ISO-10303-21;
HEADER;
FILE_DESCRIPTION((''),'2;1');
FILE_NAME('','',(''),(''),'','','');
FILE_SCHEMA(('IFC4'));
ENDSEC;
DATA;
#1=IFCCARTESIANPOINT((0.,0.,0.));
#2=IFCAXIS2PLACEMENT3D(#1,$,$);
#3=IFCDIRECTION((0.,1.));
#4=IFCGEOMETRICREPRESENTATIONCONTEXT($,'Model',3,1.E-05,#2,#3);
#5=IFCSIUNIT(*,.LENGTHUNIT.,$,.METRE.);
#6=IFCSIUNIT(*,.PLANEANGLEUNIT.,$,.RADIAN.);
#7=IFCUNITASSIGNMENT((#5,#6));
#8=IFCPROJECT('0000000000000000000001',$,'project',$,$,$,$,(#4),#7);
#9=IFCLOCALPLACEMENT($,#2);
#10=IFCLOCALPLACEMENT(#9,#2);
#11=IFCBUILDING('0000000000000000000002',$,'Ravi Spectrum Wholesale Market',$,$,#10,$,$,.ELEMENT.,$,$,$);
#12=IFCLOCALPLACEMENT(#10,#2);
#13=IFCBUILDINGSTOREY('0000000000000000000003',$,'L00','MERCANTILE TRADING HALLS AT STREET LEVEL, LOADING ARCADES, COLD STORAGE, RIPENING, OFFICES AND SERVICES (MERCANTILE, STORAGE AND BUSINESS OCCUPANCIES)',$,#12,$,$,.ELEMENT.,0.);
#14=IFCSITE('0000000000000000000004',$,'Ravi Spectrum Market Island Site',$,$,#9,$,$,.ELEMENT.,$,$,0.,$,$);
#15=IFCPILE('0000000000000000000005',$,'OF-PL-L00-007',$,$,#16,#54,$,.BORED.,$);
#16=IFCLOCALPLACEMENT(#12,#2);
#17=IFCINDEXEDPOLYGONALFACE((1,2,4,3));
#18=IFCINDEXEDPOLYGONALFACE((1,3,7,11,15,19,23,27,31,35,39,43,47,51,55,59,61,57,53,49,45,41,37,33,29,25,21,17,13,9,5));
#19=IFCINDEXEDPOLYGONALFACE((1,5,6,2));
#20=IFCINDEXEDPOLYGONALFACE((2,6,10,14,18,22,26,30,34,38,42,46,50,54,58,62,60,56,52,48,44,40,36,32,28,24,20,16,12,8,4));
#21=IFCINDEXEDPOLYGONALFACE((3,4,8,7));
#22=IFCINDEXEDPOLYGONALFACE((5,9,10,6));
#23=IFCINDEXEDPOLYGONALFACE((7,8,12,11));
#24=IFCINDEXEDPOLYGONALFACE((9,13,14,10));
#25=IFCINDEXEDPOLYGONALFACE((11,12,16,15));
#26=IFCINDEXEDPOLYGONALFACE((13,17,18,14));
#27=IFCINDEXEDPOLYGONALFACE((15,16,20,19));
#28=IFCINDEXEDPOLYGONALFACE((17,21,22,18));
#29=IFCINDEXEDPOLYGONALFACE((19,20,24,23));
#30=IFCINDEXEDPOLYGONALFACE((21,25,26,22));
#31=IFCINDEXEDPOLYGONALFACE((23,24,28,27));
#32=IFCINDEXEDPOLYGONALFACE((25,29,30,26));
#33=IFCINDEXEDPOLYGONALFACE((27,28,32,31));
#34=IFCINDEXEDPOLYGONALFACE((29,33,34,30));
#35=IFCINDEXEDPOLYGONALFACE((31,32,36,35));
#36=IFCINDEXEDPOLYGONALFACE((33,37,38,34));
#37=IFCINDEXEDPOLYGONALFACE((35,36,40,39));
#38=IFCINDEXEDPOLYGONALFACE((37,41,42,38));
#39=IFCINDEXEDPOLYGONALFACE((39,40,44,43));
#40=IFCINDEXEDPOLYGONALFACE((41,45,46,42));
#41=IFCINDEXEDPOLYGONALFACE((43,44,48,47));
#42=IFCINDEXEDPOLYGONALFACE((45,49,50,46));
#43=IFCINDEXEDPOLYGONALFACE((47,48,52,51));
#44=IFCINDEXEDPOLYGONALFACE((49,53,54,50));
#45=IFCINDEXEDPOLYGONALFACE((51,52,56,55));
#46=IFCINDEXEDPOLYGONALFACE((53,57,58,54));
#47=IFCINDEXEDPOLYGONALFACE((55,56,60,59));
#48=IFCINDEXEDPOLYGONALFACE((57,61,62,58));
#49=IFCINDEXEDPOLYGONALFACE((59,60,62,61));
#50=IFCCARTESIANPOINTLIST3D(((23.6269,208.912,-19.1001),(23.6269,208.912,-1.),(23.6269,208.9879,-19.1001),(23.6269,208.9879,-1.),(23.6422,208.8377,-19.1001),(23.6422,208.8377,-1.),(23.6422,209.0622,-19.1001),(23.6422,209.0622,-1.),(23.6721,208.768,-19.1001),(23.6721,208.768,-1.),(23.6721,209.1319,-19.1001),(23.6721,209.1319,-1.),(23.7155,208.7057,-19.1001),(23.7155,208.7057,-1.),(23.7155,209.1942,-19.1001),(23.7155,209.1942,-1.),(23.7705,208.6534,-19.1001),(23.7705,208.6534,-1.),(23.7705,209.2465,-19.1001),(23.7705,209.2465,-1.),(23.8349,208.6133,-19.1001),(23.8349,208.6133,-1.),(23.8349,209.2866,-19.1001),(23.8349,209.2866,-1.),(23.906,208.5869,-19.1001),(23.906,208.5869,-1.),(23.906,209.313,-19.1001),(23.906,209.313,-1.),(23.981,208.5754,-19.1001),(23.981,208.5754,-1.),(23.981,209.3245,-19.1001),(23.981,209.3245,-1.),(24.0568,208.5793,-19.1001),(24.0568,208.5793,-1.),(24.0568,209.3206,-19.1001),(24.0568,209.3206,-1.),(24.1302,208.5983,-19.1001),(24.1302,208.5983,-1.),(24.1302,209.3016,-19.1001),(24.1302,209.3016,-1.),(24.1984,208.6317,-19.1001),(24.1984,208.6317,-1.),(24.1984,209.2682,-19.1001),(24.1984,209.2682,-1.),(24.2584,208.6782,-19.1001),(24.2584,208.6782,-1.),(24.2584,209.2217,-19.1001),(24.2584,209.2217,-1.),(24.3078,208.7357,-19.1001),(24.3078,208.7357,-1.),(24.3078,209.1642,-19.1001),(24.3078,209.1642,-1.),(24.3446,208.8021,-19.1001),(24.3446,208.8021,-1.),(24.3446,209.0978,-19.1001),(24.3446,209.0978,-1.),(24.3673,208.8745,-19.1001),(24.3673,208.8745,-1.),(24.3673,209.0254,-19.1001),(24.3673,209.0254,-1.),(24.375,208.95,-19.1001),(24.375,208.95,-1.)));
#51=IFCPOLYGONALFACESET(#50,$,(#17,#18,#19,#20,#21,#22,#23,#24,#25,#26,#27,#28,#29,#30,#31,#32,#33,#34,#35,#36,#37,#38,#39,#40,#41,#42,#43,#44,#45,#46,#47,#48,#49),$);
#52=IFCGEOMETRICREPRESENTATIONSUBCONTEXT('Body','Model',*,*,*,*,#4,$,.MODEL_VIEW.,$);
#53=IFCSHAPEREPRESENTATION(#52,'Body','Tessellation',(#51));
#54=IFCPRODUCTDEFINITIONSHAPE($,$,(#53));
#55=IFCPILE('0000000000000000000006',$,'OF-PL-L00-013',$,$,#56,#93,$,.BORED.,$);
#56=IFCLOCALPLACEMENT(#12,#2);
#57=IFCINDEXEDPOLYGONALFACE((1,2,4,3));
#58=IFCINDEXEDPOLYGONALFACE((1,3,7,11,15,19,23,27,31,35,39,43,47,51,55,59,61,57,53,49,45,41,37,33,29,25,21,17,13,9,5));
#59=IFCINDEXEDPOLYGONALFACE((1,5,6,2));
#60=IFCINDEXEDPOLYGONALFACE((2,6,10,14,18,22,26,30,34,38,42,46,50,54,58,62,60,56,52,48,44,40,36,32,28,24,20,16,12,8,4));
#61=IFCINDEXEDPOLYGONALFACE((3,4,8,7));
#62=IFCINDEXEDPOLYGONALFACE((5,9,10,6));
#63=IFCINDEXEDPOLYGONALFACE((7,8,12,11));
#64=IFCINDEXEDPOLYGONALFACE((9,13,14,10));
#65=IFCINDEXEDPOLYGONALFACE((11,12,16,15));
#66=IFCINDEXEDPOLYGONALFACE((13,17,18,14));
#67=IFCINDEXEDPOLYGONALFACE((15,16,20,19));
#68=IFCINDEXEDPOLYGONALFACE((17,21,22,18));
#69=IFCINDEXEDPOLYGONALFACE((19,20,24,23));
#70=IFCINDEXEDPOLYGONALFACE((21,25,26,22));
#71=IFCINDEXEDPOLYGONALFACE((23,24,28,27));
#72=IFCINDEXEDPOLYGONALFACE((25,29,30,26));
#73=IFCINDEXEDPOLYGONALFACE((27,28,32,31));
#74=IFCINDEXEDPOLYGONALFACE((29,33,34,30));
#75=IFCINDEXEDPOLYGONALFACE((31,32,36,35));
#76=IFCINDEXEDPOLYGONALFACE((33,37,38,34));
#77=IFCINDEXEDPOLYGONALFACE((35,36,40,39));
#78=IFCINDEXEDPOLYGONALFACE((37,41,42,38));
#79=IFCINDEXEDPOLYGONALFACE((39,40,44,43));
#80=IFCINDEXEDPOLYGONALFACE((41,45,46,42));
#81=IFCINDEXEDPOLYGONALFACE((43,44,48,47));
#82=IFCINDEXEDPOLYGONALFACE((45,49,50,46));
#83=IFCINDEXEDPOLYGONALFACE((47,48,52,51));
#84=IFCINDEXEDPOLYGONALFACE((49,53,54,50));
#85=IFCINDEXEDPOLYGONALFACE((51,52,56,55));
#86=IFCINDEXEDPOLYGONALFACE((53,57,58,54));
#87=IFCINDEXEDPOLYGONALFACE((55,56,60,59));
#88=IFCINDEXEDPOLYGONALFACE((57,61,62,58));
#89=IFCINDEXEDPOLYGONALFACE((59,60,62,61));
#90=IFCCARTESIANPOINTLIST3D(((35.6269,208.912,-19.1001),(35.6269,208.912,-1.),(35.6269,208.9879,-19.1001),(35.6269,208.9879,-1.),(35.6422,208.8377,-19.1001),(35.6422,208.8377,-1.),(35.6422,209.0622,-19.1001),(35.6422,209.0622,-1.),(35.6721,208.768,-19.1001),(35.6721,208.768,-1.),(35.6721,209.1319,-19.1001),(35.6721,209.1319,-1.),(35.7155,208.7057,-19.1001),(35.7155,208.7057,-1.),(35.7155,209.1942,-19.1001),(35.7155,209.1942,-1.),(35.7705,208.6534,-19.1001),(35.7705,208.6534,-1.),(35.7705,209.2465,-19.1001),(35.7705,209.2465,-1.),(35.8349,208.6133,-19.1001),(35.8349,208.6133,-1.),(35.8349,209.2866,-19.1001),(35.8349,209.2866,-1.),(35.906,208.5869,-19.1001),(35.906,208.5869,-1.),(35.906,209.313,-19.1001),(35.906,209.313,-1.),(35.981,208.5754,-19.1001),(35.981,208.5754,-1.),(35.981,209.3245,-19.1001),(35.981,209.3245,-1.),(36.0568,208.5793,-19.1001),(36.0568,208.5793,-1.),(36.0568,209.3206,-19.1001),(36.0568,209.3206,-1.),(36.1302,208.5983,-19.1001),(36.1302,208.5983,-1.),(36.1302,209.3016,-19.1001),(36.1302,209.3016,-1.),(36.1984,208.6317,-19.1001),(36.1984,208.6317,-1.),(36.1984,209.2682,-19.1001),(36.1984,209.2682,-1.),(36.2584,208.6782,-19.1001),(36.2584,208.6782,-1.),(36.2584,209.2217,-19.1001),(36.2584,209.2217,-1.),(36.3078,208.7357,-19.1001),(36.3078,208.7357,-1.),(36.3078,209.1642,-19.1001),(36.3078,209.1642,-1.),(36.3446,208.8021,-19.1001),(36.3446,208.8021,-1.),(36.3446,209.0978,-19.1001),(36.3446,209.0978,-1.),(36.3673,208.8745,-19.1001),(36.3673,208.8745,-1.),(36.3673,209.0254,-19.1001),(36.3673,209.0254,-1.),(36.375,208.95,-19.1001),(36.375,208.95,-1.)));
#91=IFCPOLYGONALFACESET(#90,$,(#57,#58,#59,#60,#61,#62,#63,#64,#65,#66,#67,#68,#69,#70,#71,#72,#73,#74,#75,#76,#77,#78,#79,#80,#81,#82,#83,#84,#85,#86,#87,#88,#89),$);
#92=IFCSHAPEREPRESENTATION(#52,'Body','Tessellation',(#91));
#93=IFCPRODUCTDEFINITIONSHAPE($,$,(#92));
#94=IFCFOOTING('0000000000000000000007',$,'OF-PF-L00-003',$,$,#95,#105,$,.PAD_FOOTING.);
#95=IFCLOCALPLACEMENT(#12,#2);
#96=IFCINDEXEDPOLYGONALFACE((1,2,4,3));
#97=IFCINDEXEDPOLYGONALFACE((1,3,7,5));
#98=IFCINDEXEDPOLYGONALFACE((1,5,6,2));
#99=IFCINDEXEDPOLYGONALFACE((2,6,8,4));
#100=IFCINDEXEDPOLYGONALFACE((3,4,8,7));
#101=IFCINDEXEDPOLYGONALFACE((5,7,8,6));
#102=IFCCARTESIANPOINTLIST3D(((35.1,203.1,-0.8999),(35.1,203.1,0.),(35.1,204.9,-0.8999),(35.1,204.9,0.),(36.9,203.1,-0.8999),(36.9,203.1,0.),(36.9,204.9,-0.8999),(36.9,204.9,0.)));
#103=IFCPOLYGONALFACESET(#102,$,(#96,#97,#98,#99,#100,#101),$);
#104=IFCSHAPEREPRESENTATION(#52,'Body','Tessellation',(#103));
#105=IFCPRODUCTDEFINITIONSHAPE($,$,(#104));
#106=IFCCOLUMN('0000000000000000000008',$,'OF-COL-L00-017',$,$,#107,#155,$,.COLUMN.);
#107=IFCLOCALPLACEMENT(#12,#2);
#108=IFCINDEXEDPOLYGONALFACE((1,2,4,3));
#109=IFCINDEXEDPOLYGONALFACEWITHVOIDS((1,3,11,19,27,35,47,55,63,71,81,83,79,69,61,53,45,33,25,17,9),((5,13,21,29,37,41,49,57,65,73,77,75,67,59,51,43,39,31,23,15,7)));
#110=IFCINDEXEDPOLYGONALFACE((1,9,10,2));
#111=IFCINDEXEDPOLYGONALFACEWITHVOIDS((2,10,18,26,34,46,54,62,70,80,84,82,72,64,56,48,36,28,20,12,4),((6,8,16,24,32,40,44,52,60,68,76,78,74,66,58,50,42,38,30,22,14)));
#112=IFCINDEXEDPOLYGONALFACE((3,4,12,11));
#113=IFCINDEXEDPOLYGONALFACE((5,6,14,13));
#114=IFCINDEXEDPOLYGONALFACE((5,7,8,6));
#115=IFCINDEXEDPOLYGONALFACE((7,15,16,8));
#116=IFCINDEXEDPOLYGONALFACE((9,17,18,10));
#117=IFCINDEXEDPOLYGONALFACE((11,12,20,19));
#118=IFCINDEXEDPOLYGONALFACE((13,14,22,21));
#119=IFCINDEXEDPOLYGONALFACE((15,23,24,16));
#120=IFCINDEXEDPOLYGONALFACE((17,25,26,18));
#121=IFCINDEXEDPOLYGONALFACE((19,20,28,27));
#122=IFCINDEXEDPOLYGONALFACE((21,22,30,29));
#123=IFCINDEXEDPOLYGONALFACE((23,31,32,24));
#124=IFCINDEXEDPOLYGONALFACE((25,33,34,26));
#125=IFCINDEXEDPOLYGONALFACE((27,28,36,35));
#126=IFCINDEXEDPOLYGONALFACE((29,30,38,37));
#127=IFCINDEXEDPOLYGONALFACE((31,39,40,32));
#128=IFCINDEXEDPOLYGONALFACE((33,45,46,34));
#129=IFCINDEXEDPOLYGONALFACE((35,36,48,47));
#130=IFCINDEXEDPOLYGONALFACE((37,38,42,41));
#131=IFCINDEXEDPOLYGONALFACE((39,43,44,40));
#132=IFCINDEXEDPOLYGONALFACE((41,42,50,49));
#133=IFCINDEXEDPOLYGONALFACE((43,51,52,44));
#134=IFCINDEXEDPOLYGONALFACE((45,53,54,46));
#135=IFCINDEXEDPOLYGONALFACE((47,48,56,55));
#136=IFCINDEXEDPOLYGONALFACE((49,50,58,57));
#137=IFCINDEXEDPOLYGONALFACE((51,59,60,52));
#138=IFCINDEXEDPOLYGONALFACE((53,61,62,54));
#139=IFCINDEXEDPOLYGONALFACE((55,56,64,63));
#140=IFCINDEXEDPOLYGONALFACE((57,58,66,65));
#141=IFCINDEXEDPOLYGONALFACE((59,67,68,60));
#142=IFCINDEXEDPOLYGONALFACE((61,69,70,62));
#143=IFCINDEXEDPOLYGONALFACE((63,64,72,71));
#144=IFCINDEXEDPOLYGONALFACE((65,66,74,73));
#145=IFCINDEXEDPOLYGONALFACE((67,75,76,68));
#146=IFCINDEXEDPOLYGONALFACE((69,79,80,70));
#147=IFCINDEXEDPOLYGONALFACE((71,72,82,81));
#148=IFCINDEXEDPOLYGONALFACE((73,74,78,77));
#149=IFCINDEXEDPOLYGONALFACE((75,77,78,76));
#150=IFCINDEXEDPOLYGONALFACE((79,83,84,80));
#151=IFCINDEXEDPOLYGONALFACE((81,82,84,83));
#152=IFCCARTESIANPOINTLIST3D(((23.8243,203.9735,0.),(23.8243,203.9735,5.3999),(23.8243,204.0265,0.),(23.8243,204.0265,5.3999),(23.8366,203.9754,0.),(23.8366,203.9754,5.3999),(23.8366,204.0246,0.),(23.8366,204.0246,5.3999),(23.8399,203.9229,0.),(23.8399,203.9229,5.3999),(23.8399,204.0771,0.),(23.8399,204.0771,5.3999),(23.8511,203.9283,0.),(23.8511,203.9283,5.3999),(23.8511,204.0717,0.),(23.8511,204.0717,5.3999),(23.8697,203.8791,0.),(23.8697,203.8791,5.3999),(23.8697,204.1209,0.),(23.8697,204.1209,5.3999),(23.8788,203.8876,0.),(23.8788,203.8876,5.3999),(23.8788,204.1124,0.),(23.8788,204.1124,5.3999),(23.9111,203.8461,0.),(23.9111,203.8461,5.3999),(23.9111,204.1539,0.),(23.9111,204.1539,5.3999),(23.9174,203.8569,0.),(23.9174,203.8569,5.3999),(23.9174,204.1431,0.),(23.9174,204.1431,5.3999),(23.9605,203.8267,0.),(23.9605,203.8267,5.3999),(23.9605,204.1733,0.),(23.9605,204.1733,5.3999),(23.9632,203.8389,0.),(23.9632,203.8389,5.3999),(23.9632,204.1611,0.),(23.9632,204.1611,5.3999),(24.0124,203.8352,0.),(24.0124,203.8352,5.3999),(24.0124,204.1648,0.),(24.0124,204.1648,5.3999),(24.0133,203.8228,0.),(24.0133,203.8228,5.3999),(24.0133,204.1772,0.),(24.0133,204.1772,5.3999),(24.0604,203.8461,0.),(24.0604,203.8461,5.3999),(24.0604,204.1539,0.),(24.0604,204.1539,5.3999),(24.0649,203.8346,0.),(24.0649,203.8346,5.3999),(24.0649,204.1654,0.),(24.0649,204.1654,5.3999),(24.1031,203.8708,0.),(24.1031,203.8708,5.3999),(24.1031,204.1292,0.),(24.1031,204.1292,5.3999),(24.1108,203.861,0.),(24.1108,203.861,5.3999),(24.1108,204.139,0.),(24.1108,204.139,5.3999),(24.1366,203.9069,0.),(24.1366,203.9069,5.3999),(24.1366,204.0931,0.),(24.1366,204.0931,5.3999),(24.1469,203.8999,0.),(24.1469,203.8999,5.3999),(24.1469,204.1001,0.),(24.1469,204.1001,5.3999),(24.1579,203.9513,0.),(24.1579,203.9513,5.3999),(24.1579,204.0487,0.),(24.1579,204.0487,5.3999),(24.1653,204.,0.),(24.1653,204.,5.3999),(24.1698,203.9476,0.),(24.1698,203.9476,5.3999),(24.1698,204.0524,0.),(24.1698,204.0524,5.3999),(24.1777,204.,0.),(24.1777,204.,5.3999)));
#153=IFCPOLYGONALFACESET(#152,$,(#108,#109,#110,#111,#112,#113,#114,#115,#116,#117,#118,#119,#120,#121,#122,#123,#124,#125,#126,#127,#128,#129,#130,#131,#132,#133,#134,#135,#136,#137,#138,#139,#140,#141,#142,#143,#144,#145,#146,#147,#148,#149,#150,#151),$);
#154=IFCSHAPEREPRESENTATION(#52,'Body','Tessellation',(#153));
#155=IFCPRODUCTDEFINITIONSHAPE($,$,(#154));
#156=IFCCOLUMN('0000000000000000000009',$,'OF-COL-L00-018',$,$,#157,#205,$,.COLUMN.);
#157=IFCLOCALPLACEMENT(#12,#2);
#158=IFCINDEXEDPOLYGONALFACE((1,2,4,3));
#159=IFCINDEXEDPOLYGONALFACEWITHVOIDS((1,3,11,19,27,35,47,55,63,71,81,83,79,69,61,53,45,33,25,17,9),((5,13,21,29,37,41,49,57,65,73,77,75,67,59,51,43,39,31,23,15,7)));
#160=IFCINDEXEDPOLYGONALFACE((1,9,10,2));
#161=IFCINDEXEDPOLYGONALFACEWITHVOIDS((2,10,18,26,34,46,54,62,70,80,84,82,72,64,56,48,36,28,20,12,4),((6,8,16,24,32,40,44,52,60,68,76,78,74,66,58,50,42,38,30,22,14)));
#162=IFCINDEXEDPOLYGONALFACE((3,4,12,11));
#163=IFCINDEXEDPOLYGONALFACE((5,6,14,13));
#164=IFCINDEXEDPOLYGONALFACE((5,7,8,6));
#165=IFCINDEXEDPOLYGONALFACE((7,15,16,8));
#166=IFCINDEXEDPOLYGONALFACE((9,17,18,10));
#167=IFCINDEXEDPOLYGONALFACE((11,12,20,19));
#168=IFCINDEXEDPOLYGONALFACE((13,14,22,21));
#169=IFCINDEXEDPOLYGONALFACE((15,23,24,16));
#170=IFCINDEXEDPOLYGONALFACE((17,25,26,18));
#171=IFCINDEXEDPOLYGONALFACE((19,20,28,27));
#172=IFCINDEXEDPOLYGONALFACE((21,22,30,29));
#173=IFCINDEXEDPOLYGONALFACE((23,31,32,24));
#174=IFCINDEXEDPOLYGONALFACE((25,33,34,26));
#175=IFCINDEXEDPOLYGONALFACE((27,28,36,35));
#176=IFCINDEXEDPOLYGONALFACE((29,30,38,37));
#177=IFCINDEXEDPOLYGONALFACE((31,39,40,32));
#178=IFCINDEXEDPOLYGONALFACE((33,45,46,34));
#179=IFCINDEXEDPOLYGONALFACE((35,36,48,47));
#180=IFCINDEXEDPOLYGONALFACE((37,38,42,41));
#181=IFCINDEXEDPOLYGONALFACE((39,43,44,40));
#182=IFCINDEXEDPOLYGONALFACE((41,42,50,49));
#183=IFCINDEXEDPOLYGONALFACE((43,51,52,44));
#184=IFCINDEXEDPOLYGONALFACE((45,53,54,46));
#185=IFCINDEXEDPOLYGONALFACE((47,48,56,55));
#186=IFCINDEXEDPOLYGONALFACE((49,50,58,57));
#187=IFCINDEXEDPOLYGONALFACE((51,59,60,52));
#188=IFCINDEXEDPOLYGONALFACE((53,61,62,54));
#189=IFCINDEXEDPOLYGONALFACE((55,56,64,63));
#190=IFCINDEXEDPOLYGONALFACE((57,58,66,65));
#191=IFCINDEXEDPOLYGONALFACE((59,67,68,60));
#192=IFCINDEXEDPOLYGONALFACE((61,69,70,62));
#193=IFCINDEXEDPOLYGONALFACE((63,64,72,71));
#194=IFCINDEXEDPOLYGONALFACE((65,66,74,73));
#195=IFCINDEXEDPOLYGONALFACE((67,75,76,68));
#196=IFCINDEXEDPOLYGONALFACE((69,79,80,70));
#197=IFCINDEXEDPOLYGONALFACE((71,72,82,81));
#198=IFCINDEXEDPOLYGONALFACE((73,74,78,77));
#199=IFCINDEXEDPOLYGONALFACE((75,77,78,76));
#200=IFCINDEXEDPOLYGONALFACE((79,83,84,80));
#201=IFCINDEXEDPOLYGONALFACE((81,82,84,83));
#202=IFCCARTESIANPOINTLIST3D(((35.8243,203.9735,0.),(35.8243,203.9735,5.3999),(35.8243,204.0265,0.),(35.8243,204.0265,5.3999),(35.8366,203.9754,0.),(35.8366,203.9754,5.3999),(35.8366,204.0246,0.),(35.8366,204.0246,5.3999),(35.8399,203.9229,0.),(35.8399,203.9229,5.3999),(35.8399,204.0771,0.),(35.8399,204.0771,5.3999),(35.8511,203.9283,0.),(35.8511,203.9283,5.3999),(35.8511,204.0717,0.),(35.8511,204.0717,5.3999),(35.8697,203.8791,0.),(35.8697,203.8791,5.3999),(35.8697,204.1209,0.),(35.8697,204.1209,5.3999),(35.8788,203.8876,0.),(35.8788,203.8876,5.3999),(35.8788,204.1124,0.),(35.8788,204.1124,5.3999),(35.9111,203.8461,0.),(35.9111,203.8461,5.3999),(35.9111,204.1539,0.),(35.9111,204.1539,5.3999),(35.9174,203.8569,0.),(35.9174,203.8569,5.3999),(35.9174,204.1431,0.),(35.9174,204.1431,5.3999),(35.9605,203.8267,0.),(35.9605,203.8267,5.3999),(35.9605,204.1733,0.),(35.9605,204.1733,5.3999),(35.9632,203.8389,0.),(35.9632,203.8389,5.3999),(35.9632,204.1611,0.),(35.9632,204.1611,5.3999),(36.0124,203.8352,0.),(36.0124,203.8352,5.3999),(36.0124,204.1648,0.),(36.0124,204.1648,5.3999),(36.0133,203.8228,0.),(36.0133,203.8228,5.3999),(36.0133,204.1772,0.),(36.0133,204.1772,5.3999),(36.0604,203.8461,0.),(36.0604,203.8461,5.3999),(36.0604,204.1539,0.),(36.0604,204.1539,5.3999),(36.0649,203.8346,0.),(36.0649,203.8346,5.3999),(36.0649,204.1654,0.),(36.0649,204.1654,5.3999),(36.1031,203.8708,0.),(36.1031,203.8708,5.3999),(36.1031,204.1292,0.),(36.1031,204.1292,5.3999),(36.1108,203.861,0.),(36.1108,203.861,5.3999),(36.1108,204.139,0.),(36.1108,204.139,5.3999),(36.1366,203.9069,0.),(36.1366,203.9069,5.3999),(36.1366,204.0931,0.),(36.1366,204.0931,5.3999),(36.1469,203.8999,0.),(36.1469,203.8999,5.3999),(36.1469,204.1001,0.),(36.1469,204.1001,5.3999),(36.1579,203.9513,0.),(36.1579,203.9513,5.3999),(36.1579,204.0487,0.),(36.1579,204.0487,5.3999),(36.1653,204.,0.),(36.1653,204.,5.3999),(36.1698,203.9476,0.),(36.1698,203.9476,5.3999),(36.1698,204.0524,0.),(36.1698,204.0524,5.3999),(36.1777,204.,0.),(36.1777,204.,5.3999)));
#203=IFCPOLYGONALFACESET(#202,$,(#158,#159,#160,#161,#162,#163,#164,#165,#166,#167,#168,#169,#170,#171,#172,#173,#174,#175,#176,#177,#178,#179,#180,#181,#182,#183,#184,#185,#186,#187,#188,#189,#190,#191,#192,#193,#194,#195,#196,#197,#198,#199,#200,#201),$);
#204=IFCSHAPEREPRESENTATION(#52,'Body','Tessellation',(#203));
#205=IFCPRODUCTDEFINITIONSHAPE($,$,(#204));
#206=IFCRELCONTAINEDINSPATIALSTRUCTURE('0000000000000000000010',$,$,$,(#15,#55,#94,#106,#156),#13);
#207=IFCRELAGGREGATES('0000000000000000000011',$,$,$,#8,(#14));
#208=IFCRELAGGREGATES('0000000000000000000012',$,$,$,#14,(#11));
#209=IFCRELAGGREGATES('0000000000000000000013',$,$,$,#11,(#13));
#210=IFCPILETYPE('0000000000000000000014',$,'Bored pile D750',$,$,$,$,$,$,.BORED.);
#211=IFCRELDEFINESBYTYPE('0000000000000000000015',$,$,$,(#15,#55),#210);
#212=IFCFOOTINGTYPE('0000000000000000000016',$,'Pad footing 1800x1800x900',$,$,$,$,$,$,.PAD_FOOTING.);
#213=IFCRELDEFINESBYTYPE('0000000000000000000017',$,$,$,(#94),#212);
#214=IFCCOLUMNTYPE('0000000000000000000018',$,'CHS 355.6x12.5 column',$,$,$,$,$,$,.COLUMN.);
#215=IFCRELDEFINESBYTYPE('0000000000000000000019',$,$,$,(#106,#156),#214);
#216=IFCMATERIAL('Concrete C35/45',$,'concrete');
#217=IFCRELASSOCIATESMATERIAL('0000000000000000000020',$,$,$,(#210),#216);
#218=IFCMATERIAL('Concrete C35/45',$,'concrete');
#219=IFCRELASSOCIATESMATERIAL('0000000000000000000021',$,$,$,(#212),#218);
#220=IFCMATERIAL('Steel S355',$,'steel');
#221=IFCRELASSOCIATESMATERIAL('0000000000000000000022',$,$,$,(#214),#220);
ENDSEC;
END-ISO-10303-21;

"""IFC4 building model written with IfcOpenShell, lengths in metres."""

from ifc_helpers import new_model, si_unit, direction, frame, origin, origin_2d, place, context, subcontext, project, spatial, rectangle, circle, hollow_circle, extrude, material, material_profile, profile_set, type_object, element, save


model = new_model("IFC4")

# Units and contexts
model_context = context("Model", 3, precision=1e-05, world=origin(), true_north=direction((0.0, 1.0)))
body_context = subcontext(model_context, "Body", "Model", "MODEL_VIEW")
ifc_project = project(units=[si_unit("LENGTHUNIT", "METRE"), si_unit("PLANEANGLEUNIT", "RADIAN")], contexts=[model_context])

# Site, building, storey
site_placement = place(None, origin())
site = spatial("IfcSite", under=ifc_project, at=site_placement, Name="Ravi Spectrum Market Island Site", CompositionType="ELEMENT", RefElevation=0.0)
building_placement = place(site_placement, origin())
building = spatial("IfcBuilding", under=site, at=building_placement, Name="Ravi Spectrum Wholesale Market", CompositionType="ELEMENT")
storey_placement = place(building_placement, origin())
storey = spatial("IfcBuildingStorey", under=building, at=storey_placement, Name="L00", Description="MERCANTILE TRADING HALLS AT STREET LEVEL, LOADING ARCADES, COLD STORAGE, RIPENING, OFFICES AND SERVICES (MERCANTILE, STORAGE AND BUSINESS OCCUPANCIES)", CompositionType="ELEMENT", Elevation=0.0)

# Piles
ifc_material_1 = material(Name="Concrete C35/45", Category="concrete")
ifc_material_profile_1 = material_profile(ifc_material_1, circle(Radius=0.375, at=origin_2d()))
ifc_profile_set_1 = profile_set([ifc_material_profile_1], Name="Concrete C35/45")
pile_type = type_object("IfcPileType", Name="Bored pile D750", PredefinedType="BORED", material=ifc_profile_set_1)
for number, where, z_axis, x_axis, name in (
    (1, (24.0, 208.95, -1.0), (0.0, 0.0, -1.0), (1.0, 0.0, 0.0), "OF-PL-L00-007"),
    (2, (36.0, 208.95, -1.0), (0.0, 0.0, -1.0), (1.0, 0.0, 0.0), "OF-PL-L00-013"),
):
    element("IfcPile", number, at=place(storey_placement, frame(where, z_axis=z_axis, x_axis=x_axis)), inside=storey, type_object=pile_type, Name=name, PredefinedType="BORED", context=body_context, shape_type="SweptSolid", body=[
        extrude(circle(Radius=0.375, at=origin_2d()), origin(), (0.0, 0.0, 1.0), 18.1001),
    ])

# Footing
ifc_material_2 = material(Name="Concrete C35/45", Category="concrete")
footing_type = type_object("IfcFootingType", Name="Pad footing 1800x1800x900", PredefinedType="PAD_FOOTING", material=ifc_material_2)
footing_placement = place(storey_placement, frame((36.0, 204.0, -0.8999), z_axis=(0.0, 0.0, 1.0), x_axis=(1.0, 0.0, 0.0)))
element("IfcFooting", 3, at=footing_placement, inside=storey, type_object=footing_type, Name="OF-PF-L00-003", PredefinedType="PAD_FOOTING", context=body_context, shape_type="SweptSolid", body=[
    extrude(rectangle(XDim=1.8, YDim=1.8, at=origin_2d()), origin(), (0.0, 0.0, 1.0), 0.8999),
])

# Columns
ifc_material_3 = material(Name="Steel S355", Category="steel")
ifc_material_profile_2 = material_profile(ifc_material_3, hollow_circle(Radius=0.1777, WallThickness=0.0125, at=origin_2d()))
ifc_profile_set_2 = profile_set([ifc_material_profile_2], Name="Steel S355")
column_type = type_object("IfcColumnType", Name="CHS 355.6x12.5 column", PredefinedType="COLUMN", material=ifc_profile_set_2)
for number, where, z_axis, x_axis, name in (
    (4, (24.0, 204.0, 0.0), (0.0, 0.0, 1.0), (1.0, 0.0, 0.0), "OF-COL-L00-017"),
    (5, (36.0, 204.0, 0.0), (0.0, 0.0, 1.0), (1.0, 0.0, 0.0), "OF-COL-L00-018"),
):
    element("IfcColumn", number, at=place(storey_placement, frame(where, z_axis=z_axis, x_axis=x_axis)), inside=storey, type_object=column_type, Name=name, PredefinedType="COLUMN", context=body_context, shape_type="SweptSolid", body=[
        extrude(hollow_circle(Radius=0.1777, WallThickness=0.0125, at=origin_2d()), origin(), (0.0, 0.0, 1.0), 5.3999),
    ])

save(model, "model.ifc")
